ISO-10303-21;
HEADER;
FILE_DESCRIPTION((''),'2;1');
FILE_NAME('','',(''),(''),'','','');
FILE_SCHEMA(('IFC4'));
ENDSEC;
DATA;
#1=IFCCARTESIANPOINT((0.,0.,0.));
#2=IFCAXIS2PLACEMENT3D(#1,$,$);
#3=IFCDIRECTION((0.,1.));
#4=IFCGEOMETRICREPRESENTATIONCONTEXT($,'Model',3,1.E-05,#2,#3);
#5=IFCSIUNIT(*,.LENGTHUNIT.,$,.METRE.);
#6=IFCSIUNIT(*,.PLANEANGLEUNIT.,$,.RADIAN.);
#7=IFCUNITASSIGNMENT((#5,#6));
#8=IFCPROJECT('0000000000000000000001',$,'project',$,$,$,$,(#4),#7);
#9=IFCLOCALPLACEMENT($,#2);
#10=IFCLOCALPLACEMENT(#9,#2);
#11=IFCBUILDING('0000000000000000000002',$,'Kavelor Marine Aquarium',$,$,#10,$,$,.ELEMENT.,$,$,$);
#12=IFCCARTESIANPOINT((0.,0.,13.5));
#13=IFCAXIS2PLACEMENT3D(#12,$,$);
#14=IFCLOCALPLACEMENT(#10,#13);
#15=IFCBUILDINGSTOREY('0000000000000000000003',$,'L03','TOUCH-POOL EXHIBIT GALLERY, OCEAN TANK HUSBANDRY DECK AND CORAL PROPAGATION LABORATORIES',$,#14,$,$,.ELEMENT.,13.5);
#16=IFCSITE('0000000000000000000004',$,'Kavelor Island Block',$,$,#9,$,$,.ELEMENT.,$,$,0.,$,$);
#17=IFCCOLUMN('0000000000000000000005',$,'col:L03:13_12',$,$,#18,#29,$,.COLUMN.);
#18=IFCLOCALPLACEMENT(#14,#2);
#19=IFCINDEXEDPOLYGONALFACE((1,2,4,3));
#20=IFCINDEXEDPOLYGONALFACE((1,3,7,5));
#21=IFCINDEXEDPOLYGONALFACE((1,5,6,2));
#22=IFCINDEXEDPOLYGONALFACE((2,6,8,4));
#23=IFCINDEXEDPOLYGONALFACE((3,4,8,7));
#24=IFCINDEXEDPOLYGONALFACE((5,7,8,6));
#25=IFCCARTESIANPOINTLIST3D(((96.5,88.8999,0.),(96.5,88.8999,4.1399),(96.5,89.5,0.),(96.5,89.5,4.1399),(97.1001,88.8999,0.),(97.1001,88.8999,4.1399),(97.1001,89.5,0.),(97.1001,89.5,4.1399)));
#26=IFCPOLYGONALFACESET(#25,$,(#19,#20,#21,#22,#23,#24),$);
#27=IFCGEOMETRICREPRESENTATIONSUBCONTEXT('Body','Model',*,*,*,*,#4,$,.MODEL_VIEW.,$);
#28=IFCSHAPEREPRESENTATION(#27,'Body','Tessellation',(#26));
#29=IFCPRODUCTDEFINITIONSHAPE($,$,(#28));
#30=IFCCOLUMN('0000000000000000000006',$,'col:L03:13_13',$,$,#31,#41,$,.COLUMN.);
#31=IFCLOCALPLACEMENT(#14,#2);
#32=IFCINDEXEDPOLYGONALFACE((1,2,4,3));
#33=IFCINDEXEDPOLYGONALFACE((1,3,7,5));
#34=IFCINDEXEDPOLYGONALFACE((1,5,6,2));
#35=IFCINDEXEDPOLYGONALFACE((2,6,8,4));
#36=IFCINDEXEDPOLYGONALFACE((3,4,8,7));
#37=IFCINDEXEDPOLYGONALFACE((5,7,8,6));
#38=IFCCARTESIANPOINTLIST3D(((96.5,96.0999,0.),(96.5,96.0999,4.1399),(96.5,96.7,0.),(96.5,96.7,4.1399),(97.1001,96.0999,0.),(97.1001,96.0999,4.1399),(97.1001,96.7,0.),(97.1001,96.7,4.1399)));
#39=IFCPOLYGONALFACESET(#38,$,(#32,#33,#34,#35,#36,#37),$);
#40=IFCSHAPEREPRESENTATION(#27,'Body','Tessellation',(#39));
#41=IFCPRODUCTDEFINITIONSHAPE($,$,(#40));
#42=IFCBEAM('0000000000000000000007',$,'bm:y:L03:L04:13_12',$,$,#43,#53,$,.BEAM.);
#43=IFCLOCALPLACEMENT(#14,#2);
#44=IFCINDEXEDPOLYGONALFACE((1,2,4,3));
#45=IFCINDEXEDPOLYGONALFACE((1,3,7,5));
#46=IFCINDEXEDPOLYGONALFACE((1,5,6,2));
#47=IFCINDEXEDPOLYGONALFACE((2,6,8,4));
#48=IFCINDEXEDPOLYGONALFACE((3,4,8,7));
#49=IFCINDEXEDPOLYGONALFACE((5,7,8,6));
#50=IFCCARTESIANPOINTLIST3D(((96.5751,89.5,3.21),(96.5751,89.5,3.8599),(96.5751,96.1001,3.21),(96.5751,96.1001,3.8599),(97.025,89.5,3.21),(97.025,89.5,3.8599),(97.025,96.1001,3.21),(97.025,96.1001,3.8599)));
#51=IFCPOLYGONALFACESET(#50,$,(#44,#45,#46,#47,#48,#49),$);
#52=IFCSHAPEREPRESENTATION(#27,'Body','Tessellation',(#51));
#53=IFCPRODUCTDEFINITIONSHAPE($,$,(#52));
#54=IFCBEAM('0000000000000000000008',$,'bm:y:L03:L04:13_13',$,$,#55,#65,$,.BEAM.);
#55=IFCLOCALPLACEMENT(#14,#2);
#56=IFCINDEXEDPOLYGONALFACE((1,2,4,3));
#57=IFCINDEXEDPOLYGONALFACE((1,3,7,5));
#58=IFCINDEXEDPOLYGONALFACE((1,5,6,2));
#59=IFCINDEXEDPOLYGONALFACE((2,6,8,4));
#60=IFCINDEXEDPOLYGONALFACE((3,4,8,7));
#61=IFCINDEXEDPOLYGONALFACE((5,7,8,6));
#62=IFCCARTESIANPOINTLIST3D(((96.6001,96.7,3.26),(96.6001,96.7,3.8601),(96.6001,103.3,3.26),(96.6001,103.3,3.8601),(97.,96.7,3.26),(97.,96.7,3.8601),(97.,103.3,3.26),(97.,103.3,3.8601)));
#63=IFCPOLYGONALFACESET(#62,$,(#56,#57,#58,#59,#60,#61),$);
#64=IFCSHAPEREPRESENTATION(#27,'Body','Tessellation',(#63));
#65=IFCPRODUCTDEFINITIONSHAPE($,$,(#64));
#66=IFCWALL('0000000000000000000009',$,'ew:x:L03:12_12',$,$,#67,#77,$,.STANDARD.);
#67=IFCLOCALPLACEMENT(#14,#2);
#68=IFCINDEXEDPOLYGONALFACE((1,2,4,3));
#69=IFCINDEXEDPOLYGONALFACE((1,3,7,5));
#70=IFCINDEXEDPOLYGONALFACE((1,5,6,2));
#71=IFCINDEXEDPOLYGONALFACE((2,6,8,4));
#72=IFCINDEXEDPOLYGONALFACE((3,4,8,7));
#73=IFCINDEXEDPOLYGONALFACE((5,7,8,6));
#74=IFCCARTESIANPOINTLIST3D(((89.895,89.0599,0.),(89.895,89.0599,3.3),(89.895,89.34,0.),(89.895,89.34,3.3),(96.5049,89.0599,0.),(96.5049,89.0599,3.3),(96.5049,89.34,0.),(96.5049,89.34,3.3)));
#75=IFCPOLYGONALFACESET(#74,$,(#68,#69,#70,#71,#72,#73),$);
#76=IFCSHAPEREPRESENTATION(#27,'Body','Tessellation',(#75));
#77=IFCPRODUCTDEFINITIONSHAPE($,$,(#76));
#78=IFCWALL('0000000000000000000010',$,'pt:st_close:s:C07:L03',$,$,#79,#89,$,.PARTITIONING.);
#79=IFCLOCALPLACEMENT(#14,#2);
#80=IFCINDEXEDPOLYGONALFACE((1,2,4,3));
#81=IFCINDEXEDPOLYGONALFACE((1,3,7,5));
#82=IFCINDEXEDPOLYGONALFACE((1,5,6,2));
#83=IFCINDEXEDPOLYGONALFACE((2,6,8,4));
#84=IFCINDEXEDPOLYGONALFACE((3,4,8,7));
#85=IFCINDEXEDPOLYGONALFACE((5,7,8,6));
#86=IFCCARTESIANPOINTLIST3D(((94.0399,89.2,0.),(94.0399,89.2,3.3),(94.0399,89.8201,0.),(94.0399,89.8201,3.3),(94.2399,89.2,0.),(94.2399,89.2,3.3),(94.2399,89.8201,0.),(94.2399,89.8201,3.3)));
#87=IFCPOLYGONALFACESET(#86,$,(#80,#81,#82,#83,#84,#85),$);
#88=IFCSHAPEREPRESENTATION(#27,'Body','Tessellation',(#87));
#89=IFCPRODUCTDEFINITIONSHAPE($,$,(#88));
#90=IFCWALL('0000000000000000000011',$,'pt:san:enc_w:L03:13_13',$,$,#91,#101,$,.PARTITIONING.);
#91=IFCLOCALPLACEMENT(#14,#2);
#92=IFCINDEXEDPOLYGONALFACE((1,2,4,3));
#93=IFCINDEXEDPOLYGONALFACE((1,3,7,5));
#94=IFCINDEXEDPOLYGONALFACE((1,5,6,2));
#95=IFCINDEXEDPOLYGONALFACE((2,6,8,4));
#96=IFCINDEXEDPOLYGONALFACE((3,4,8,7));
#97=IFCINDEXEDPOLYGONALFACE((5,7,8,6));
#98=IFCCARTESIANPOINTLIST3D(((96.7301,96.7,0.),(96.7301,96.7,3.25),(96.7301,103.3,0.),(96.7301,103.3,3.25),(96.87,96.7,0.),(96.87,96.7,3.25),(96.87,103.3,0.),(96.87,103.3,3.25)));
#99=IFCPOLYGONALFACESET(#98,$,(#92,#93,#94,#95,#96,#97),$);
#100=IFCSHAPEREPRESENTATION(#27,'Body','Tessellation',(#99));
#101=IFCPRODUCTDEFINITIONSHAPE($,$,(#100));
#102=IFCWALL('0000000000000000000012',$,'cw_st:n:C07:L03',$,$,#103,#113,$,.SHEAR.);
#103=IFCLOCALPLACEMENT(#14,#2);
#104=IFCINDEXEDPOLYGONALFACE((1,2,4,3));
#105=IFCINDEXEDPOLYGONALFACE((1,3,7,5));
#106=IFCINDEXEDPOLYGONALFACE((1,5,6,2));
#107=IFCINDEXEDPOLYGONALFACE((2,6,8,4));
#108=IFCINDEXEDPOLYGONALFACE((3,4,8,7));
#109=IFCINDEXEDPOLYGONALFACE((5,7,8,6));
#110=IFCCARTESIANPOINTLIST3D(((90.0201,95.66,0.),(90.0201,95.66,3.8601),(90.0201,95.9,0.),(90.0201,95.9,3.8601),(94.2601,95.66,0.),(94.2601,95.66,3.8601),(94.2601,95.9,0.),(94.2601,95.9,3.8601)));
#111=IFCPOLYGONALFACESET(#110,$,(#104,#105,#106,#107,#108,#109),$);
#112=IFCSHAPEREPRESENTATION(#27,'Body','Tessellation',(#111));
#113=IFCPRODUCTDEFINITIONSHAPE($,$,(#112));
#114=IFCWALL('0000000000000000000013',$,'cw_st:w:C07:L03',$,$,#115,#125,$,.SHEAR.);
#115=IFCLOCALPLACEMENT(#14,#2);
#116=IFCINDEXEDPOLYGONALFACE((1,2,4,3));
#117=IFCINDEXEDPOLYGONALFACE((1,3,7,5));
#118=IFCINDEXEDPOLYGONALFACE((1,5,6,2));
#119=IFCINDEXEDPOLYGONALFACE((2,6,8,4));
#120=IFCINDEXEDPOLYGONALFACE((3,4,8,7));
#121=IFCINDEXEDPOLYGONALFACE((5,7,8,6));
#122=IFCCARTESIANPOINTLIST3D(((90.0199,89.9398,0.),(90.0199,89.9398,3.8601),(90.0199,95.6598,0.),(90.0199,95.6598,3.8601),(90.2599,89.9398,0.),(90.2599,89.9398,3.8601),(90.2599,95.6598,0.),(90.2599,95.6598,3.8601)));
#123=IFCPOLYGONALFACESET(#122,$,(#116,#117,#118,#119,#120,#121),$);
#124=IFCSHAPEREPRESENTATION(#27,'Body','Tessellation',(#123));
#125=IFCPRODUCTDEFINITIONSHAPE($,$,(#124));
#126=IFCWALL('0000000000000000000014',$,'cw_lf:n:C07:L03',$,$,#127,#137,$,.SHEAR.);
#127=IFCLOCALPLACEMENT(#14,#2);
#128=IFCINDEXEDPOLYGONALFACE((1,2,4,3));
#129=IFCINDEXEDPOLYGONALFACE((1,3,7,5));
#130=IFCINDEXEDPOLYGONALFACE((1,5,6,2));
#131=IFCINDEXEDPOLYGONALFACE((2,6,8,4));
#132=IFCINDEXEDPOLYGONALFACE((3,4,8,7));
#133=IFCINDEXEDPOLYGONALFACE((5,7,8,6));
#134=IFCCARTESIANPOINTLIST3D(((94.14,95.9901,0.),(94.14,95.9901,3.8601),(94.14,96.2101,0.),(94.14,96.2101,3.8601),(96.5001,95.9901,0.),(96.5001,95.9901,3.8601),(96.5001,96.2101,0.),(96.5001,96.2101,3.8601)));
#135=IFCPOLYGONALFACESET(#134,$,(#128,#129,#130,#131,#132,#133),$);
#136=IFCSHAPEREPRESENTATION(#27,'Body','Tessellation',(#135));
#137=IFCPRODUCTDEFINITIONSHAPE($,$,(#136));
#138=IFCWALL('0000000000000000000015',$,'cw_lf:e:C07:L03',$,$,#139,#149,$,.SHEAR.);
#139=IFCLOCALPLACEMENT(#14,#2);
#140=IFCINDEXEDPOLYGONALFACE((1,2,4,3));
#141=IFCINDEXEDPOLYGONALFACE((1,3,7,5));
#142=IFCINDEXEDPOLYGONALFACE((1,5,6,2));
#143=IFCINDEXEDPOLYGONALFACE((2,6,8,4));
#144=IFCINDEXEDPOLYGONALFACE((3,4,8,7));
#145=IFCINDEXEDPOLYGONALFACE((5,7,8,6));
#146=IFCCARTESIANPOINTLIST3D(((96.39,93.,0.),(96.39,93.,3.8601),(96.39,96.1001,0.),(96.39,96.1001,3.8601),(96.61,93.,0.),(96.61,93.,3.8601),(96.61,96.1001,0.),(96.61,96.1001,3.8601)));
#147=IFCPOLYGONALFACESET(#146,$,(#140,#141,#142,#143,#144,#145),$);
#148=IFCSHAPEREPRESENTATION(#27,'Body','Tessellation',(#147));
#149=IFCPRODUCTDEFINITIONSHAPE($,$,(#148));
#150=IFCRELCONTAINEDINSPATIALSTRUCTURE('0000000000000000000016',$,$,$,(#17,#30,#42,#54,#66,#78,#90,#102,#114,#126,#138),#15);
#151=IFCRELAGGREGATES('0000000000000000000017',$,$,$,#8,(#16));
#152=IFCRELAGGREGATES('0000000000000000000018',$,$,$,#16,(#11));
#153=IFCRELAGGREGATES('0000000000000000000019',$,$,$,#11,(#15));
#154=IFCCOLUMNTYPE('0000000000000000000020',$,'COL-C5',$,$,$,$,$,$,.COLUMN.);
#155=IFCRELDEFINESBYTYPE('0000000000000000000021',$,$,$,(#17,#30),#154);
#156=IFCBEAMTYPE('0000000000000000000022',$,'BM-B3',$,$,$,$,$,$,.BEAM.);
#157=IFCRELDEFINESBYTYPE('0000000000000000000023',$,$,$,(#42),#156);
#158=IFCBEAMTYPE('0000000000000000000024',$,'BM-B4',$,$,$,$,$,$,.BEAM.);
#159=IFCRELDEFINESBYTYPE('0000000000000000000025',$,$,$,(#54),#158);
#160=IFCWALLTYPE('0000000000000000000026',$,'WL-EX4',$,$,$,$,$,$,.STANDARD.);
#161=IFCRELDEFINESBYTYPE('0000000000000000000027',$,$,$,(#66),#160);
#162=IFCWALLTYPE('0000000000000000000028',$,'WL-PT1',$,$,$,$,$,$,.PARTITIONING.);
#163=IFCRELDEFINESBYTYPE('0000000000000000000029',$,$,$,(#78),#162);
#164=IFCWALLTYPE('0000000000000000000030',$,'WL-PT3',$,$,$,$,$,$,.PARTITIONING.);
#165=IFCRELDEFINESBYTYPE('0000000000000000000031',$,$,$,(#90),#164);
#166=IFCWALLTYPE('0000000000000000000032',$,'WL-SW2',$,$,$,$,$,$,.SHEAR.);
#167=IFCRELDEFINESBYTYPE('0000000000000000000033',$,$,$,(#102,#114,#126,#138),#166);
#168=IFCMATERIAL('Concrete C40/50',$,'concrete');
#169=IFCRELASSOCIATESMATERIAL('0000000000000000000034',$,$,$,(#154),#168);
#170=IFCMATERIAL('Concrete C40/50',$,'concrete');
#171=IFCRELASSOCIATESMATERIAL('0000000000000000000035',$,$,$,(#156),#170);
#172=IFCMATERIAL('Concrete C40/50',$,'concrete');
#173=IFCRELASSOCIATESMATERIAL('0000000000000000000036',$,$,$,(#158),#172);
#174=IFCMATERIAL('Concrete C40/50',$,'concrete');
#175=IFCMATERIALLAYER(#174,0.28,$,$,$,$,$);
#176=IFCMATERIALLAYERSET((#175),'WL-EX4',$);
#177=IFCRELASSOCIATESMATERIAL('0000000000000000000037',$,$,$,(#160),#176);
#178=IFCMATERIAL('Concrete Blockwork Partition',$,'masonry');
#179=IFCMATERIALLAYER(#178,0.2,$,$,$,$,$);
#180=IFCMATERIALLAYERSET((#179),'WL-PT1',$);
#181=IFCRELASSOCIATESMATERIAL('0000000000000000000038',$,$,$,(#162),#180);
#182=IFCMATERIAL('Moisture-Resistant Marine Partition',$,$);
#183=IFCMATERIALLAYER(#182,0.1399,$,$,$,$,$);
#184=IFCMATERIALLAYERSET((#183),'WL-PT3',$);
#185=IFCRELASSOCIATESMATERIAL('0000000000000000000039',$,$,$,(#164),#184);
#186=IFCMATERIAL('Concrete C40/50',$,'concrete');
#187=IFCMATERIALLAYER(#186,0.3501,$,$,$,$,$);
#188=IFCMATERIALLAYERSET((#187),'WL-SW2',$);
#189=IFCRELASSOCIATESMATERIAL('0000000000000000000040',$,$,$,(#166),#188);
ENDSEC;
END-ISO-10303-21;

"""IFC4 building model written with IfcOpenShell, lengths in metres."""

from ifc_helpers import new_model, si_unit, direction, frame, frame_2d, origin, origin_2d, place, context, subcontext, project, spatial, rectangle, extrude, material, layer, layer_set, material_profile, profile_set, type_object, element, save


model = new_model("IFC4")

# Units and contexts
model_context = context("Model", 3, precision=1e-05, world=origin(), true_north=direction((0.0, 1.0)))
body_context = subcontext(model_context, "Body", "Model", "MODEL_VIEW")
ifc_project = project(units=[si_unit("LENGTHUNIT", "METRE"), si_unit("PLANEANGLEUNIT", "RADIAN")], contexts=[model_context])

# Site, building, storey
site_placement = place(None, origin())
site = spatial("IfcSite", under=ifc_project, at=site_placement, Name="Kavelor Island Block", CompositionType="ELEMENT", RefElevation=0.0)
building_placement = place(site_placement, origin())
building = spatial("IfcBuilding", under=site, at=building_placement, Name="Kavelor Marine Aquarium", CompositionType="ELEMENT")
storey_placement = place(building_placement, frame((0.0, 0.0, 13.5)))
storey = spatial("IfcBuildingStorey", under=building, at=storey_placement, Name="L03", Description="TOUCH-POOL EXHIBIT GALLERY, OCEAN TANK HUSBANDRY DECK AND CORAL PROPAGATION LABORATORIES", CompositionType="ELEMENT", Elevation=13.5)

# Columns
ifc_material_1 = material(Name="Concrete C40/50", Category="concrete")
ifc_material_profile_1 = material_profile(ifc_material_1, rectangle(XDim=0.6001, YDim=0.6001, at=origin_2d()), Name="RC-COL 600x600")
ifc_profile_set_1 = profile_set([ifc_material_profile_1], Name="Concrete C40/50")
column_type = type_object("IfcColumnType", Name="COL-C5", PredefinedType="COLUMN", material=ifc_profile_set_1)
for number, where, z_axis, x_axis, name in (
    (1, (96.8, 89.2, 0.0), (0.0, 0.0, 1.0), (1.0, 0.0, 0.0), "col:L03:13_12"),
    (2, (96.8, 96.3999, 0.0), (0.0, 0.0, 1.0), (1.0, 0.0, 0.0), "col:L03:13_13"),
):
    element("IfcColumn", number, at=place(storey_placement, frame(where, z_axis=z_axis, x_axis=x_axis)), inside=storey, type_object=column_type, Name=name, PredefinedType="COLUMN", context=body_context, shape_type="SweptSolid", body=[
        extrude(rectangle(XDim=0.6001, YDim=0.6001, at=origin_2d()), origin(), (0.0, 0.0, 1.0), 4.1399),
    ])

# Beams
ifc_material_2 = material(Name="Concrete C40/50", Category="concrete")
ifc_material_profile_2 = material_profile(ifc_material_2, rectangle(XDim=0.45, YDim=0.6499, at=origin_2d()), Name="RC-BM 450x650")
ifc_profile_set_2 = profile_set([ifc_material_profile_2], Name="Concrete C40/50")
beam_type_1 = type_object("IfcBeamType", Name="BM-B3", PredefinedType="BEAM", material=ifc_profile_set_2)
beam_1_placement = place(storey_placement, frame((96.8, 89.5, 3.5349), z_axis=(0.0, 1.0, 0.0), x_axis=(-1.0, 0.0, 0.0)))
element("IfcBeam", 3, at=beam_1_placement, inside=storey, type_object=beam_type_1, Name="bm:y:L03:L04:13_12", PredefinedType="BEAM", context=body_context, shape_type="SweptSolid", body=[
    extrude(rectangle(XDim=0.45, YDim=0.6499, at=origin_2d()), origin(), (0.0, 0.0, 1.0), 6.6001),
])
ifc_material_3 = material(Name="Concrete C40/50", Category="concrete")
ifc_material_profile_3 = material_profile(ifc_material_3, rectangle(XDim=0.3999, YDim=0.6001, at=origin_2d()), Name="RC-BM 400x600")
ifc_profile_set_3 = profile_set([ifc_material_profile_3], Name="Concrete C40/50")
beam_type_2 = type_object("IfcBeamType", Name="BM-B4", PredefinedType="BEAM", material=ifc_profile_set_3)
beam_2_placement = place(storey_placement, frame((96.8, 96.7, 3.5601), z_axis=(0.0, 1.0, 0.0), x_axis=(-1.0, 0.0, 0.0)))
element("IfcBeam", 4, at=beam_2_placement, inside=storey, type_object=beam_type_2, Name="bm:y:L03:L04:13_13", PredefinedType="BEAM", context=body_context, shape_type="SweptSolid", body=[
    extrude(rectangle(XDim=0.3999, YDim=0.6001, at=origin_2d()), origin(), (0.0, 0.0, 1.0), 6.6001),
])

# Walls
ifc_material_4 = material(Name="Concrete C40/50", Category="concrete")
ifc_layer_1 = layer(ifc_material_4, 0.28)
ifc_layer_set_1 = layer_set([ifc_layer_1], Name="WL-EX4")
wall_type_1 = type_object("IfcWallType", Name="WL-EX4", PredefinedType="STANDARD", material=ifc_layer_set_1)
wall_1_placement = place(storey_placement, frame((96.5049, 89.2, 0.0), z_axis=(0.0, 0.0, 1.0), x_axis=(-1.0, 0.0, 0.0)))
element("IfcWall", 5, at=wall_1_placement, inside=storey, type_object=wall_type_1, Name="ew:x:L03:12_12", PredefinedType="STANDARD", context=body_context, shape_type="SweptSolid", body=[
    extrude(rectangle(XDim=6.6099, YDim=0.28, at=frame_2d((3.3049, 0.0))), origin(), (0.0, 0.0, 1.0), 3.3),
])
ifc_material_5 = material(Name="Concrete Blockwork Partition", Category="masonry")
ifc_layer_2 = layer(ifc_material_5, 0.2)
ifc_layer_set_2 = layer_set([ifc_layer_2], Name="WL-PT1")
wall_type_2 = type_object("IfcWallType", Name="WL-PT1", PredefinedType="PARTITIONING", material=ifc_layer_set_2)
wall_2_placement = place(storey_placement, frame((94.1399, 89.2, 0.0), z_axis=(0.0, 0.0, 1.0), x_axis=(0.0, 1.0, 0.0)))
element("IfcWall", 6, at=wall_2_placement, inside=storey, type_object=wall_type_2, Name="pt:st_close:s:C07:L03", PredefinedType="PARTITIONING", context=body_context, shape_type="SweptSolid", body=[
    extrude(rectangle(XDim=0.6201, YDim=0.2, at=frame_2d((0.3101, 0.0))), origin(), (0.0, 0.0, 1.0), 3.3),
])

# Walls
ifc_material_6 = material(Name="Moisture-Resistant Marine Partition")
ifc_layer_3 = layer(ifc_material_6, 0.1399)
ifc_layer_set_3 = layer_set([ifc_layer_3], Name="WL-PT3")
wall_type_3 = type_object("IfcWallType", Name="WL-PT3", PredefinedType="PARTITIONING", material=ifc_layer_set_3)
wall_3_placement = place(storey_placement, frame((96.8, 96.7, 0.0), z_axis=(0.0, 0.0, 1.0), x_axis=(0.0, 1.0, 0.0)))
element("IfcWall", 7, at=wall_3_placement, inside=storey, type_object=wall_type_3, Name="pt:san:enc_w:L03:13_13", PredefinedType="PARTITIONING", context=body_context, shape_type="SweptSolid", body=[
    extrude(rectangle(XDim=6.6001, YDim=0.1399, at=frame_2d((3.3, 0.0))), origin(), (0.0, 0.0, 1.0), 3.25),
])
ifc_material_7 = material(Name="Concrete C40/50", Category="concrete")
ifc_layer_4 = layer(ifc_material_7, 0.3501)
ifc_layer_set_4 = layer_set([ifc_layer_4], Name="WL-SW2")
wall_type_4 = type_object("IfcWallType", Name="WL-SW2", PredefinedType="SHEAR", material=ifc_layer_set_4)
wall_4_placement = place(storey_placement, frame((90.02, 95.78, 0.0), z_axis=(0.0, 0.0, 1.0), x_axis=(1.0, 0.0, 0.0)))
element("IfcWall", 8, at=wall_4_placement, inside=storey, type_object=wall_type_4, Name="cw_st:n:C07:L03", PredefinedType="SHEAR", context=body_context, shape_type="SweptSolid", body=[
    extrude(rectangle(XDim=4.24, YDim=0.24, at=frame_2d((2.1201, 0.0))), origin(), (0.0, 0.0, 1.0), 3.8601),
])
wall_5_placement = place(storey_placement, frame((90.1399, 89.9399, 0.0), z_axis=(0.0, 0.0, 1.0), x_axis=(0.0, 1.0, 0.0)))
element("IfcWall", 9, at=wall_5_placement, inside=storey, type_object=wall_type_4, Name="cw_st:w:C07:L03", PredefinedType="SHEAR", context=body_context, shape_type="SweptSolid", body=[
    extrude(rectangle(XDim=5.72, YDim=0.24, at=frame_2d((2.8599, 0.0))), origin(), (0.0, 0.0, 1.0), 3.8601),
])

# Walls
wall_6_placement = place(storey_placement, frame((94.1399, 96.1001, 0.0), z_axis=(0.0, 0.0, 1.0), x_axis=(1.0, 0.0, 0.0)))
element("IfcWall", 10, at=wall_6_placement, inside=storey, type_object=wall_type_4, Name="cw_lf:n:C07:L03", PredefinedType="SHEAR", context=body_context, shape_type="SweptSolid", body=[
    extrude(rectangle(XDim=2.3601, YDim=0.22, at=frame_2d((1.1802, 0.0))), origin(), (0.0, 0.0, 1.0), 3.8601),
])
wall_7_placement = place(storey_placement, frame((96.5, 93.0, 0.0), z_axis=(0.0, 0.0, 1.0), x_axis=(0.0, 1.0, 0.0)))
element("IfcWall", 11, at=wall_7_placement, inside=storey, type_object=wall_type_4, Name="cw_lf:e:C07:L03", PredefinedType="SHEAR", context=body_context, shape_type="SweptSolid", body=[
    extrude(rectangle(XDim=3.1001, YDim=0.22, at=frame_2d((1.55, 0.0))), origin(), (0.0, 0.0, 1.0), 3.8601),
])

save(model, "model.ifc")
